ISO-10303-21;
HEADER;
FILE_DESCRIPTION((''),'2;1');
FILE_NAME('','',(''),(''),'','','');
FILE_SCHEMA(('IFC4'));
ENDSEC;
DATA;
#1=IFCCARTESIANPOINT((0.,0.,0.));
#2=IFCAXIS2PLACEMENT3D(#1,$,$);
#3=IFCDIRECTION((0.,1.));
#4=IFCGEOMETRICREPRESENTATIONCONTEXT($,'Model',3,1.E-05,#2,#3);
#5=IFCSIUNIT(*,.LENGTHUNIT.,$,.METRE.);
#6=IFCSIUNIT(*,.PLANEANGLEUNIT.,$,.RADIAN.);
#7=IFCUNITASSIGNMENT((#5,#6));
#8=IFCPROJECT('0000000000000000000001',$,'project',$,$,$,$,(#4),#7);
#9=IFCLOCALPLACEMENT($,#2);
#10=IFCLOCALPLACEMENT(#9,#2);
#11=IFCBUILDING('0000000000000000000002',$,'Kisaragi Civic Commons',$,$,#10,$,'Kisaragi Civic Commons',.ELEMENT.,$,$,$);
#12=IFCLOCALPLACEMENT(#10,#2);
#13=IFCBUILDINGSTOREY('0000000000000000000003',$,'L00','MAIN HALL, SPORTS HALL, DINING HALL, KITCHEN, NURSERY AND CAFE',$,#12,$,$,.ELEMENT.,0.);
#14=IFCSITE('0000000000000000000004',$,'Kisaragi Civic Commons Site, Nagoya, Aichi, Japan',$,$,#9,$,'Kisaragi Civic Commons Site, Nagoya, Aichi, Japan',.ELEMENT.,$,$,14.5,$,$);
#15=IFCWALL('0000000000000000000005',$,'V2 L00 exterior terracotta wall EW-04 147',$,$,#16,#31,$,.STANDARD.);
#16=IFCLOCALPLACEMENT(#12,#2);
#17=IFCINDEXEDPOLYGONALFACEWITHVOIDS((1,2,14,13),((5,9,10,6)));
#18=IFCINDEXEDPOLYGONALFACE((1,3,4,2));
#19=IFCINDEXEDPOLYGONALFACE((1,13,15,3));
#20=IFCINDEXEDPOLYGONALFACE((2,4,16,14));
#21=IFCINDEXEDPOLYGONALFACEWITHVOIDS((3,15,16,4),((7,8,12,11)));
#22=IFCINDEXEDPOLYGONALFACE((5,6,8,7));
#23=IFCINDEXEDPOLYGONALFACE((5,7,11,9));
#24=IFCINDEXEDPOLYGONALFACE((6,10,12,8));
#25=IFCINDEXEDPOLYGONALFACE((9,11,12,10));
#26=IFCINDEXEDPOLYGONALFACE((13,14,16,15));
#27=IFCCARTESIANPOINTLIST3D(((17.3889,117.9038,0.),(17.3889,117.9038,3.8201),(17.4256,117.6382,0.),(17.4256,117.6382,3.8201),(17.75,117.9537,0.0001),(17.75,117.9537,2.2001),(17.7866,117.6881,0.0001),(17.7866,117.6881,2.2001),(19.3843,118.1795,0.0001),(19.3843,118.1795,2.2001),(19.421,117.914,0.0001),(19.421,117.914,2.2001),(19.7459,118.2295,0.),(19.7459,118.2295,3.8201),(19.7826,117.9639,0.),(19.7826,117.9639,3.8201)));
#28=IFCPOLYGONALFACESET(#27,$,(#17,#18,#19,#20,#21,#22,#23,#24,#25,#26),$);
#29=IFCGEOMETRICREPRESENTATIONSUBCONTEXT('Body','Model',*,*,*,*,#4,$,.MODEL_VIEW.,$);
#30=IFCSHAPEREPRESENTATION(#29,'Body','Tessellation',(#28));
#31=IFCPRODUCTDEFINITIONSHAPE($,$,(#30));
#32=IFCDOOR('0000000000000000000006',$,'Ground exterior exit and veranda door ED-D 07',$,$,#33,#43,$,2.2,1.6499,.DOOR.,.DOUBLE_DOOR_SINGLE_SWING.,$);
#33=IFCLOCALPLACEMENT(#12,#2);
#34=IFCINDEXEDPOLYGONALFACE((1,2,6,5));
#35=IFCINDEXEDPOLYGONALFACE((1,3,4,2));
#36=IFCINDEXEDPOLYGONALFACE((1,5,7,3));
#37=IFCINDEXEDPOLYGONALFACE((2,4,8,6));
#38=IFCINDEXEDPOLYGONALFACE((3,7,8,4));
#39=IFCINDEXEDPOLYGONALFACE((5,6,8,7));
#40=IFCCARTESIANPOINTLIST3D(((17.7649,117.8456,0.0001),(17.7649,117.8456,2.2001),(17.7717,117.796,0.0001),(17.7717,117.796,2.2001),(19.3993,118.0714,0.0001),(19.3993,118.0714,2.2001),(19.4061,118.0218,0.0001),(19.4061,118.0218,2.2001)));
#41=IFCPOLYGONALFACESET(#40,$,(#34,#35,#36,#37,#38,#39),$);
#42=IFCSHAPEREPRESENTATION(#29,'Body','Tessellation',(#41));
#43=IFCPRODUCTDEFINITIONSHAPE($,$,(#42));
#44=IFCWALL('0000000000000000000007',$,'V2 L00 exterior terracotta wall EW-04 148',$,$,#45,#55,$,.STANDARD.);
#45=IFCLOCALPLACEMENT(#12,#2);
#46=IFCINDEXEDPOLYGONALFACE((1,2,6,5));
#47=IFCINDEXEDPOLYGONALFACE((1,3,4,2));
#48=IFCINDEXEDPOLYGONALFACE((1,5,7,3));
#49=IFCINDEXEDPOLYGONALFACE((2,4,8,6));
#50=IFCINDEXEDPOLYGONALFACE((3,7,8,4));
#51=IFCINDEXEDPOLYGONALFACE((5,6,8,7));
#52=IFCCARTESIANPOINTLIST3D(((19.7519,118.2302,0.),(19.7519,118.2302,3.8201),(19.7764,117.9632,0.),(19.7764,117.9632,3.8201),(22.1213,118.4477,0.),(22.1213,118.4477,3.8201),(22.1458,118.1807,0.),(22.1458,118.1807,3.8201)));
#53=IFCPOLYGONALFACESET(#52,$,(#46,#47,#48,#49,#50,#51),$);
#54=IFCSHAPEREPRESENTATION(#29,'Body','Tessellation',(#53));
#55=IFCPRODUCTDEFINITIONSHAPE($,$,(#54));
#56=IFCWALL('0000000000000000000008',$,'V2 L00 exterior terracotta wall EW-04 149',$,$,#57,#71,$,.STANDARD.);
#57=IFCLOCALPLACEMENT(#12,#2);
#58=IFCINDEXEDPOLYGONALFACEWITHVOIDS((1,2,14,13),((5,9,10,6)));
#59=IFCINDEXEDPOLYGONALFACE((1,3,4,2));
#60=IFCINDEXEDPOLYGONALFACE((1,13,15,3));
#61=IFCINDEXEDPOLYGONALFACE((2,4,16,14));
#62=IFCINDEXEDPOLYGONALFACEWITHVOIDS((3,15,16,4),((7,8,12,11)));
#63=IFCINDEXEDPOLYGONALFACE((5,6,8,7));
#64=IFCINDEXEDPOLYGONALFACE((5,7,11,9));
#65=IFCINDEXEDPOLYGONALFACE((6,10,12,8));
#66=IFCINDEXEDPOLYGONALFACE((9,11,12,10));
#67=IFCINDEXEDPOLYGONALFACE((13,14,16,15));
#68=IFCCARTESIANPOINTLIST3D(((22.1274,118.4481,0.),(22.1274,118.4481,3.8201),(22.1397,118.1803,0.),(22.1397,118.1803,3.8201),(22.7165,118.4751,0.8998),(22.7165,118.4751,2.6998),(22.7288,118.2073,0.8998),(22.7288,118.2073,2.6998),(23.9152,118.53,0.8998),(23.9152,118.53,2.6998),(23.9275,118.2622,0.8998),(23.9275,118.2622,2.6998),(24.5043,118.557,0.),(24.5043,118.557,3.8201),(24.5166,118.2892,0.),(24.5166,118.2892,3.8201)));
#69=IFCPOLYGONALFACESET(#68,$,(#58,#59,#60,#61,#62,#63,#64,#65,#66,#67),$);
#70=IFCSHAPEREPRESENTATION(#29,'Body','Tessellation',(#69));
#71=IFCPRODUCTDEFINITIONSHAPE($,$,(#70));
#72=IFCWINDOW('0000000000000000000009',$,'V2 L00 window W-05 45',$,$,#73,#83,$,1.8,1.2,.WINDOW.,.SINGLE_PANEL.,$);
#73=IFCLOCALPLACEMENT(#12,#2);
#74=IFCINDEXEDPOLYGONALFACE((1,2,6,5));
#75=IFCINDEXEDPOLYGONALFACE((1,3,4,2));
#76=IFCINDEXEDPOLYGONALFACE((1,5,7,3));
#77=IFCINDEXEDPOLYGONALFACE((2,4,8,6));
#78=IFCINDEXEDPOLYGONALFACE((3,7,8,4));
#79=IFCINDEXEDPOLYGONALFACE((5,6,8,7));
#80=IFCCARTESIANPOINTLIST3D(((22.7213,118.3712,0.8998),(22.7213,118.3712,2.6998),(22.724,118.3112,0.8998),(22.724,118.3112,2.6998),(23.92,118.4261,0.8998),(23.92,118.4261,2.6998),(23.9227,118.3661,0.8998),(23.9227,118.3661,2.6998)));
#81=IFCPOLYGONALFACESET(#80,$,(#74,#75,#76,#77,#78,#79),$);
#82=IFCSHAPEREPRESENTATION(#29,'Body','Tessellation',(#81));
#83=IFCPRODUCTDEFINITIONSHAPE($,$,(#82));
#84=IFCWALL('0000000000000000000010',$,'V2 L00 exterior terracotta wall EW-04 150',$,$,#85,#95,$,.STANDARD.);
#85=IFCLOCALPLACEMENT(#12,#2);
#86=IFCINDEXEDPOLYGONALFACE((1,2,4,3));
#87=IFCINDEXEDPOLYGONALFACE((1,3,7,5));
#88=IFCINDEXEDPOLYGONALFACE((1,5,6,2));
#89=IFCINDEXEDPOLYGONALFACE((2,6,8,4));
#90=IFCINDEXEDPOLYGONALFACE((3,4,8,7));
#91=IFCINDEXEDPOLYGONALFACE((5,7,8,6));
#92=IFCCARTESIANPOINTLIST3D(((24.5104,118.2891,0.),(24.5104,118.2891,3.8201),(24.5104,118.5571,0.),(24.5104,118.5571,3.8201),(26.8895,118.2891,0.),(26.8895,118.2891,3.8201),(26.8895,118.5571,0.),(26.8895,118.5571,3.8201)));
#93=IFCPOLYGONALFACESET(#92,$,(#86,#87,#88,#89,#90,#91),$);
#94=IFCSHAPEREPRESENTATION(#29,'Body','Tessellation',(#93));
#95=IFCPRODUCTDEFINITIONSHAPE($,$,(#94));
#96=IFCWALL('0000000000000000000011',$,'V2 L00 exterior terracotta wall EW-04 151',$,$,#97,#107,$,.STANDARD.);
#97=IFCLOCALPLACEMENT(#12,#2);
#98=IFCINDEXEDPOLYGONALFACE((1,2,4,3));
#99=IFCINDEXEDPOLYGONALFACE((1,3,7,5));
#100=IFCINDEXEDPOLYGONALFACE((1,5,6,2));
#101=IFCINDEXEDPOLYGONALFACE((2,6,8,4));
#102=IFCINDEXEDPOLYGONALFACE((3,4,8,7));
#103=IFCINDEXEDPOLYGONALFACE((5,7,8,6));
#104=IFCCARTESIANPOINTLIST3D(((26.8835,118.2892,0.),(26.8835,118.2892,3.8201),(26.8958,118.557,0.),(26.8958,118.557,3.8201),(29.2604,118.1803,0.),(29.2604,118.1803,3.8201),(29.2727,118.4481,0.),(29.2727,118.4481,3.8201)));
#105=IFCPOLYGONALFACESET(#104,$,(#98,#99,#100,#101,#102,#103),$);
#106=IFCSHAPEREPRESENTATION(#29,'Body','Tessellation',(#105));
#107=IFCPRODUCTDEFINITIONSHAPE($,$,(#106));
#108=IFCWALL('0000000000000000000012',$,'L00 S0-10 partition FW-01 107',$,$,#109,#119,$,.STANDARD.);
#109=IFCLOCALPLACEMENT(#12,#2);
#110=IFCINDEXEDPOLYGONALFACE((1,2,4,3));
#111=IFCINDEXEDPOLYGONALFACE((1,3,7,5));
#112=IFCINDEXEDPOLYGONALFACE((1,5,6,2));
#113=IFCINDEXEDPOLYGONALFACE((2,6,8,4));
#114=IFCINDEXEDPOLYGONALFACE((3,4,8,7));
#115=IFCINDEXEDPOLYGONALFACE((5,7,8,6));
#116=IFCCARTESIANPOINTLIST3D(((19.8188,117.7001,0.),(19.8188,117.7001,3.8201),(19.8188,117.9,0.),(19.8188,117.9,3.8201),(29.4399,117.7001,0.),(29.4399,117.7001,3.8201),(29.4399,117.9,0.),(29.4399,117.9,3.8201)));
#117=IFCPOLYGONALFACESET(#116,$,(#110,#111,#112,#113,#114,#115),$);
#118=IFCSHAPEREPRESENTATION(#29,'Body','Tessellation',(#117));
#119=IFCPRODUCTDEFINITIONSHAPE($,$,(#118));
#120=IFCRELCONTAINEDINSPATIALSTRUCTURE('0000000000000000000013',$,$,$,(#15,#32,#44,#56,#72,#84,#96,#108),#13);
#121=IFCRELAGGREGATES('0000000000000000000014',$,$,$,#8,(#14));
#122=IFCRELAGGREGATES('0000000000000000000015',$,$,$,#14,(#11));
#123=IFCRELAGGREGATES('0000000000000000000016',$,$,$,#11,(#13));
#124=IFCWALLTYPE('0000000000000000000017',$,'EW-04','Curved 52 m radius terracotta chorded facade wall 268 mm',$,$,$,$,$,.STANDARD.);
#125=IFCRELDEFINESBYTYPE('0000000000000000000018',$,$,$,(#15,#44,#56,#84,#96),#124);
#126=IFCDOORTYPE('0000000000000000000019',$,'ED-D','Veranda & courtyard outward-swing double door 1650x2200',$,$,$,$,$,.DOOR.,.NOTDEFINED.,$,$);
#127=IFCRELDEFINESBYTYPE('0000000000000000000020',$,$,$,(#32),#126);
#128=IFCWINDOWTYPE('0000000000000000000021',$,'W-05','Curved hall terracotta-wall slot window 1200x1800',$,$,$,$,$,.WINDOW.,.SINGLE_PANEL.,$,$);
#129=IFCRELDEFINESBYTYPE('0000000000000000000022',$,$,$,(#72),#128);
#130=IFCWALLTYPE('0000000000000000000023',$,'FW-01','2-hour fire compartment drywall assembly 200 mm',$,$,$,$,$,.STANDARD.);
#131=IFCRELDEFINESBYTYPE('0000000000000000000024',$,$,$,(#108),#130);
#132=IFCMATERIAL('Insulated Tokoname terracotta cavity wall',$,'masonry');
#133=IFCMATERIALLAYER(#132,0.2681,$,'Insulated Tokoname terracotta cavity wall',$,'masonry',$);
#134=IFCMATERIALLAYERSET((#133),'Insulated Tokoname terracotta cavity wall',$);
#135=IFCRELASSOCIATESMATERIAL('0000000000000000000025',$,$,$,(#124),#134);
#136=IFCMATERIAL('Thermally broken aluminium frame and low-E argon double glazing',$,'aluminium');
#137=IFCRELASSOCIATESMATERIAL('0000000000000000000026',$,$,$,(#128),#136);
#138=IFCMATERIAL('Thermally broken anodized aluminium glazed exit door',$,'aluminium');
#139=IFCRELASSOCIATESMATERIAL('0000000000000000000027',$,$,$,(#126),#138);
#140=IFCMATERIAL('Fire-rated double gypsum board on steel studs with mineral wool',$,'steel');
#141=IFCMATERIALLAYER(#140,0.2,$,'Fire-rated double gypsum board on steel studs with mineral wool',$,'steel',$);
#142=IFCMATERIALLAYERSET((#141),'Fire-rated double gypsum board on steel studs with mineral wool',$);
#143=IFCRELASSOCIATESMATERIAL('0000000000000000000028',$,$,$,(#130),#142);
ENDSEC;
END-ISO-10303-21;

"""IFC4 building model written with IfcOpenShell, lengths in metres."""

from ifc_helpers import new_model, si_unit, direction, frame, frame_2d, origin, place, context, subcontext, project, spatial, rectangle, extrude, material, layer, layer_set, type_object, element, fill, save


model = new_model("IFC4")

# Units and contexts
model_context = context("Model", 3, precision=1e-05, world=origin(), true_north=direction((0.0, 1.0)))
body_context = subcontext(model_context, "Body", "Model", "MODEL_VIEW")
ifc_project = project(units=[si_unit("LENGTHUNIT", "METRE"), si_unit("PLANEANGLEUNIT", "RADIAN")], contexts=[model_context])

# Site, building, storey
site_placement = place(None, origin())
site = spatial("IfcSite", under=ifc_project, at=site_placement, Name="Kisaragi Civic Commons Site, Nagoya, Aichi, Japan", LongName="Kisaragi Civic Commons Site, Nagoya, Aichi, Japan", CompositionType="ELEMENT", RefElevation=14.5)
building_placement = place(site_placement, origin())
building = spatial("IfcBuilding", under=site, at=building_placement, Name="Kisaragi Civic Commons", LongName="Kisaragi Civic Commons", CompositionType="ELEMENT")
storey_placement = place(building_placement, origin())
storey = spatial("IfcBuildingStorey", under=building, at=storey_placement, Name="L00", Description="MAIN HALL, SPORTS HALL, DINING HALL, KITCHEN, NURSERY AND CAFE", CompositionType="ELEMENT", Elevation=0.0)

# Shared definitions
ifc_material_1 = material(Name="Insulated Tokoname terracotta cavity wall", Category="masonry")
ifc_layer_1 = layer(ifc_material_1, 0.2681, Name="Insulated Tokoname terracotta cavity wall", Category="masonry")
ifc_layer_set_1 = layer_set([ifc_layer_1], Name="Insulated Tokoname terracotta cavity wall")
wall_type_1 = type_object("IfcWallType", Name="EW-04", Description="Curved 52 m radius terracotta chorded facade wall 268 mm", PredefinedType="STANDARD", material=ifc_layer_set_1)

# Shared definitions
ifc_material_2 = material(Name="Thermally broken aluminium frame and low-E argon double glazing", Category="aluminium")
window_type = type_object("IfcWindowType", Name="W-05", Description="Curved hall terracotta-wall slot window 1200x1800", PartitioningType="SINGLE_PANEL", PredefinedType="WINDOW", material=ifc_material_2)

# Wall, opening, door
wall_1_placement = place(storey_placement, frame((17.4072, 117.771, 0.0), z_axis=(0.0, 0.0, 1.0), x_axis=(0.990588, 0.13688, 0.0)))
wall_1 = element("IfcWall", 1, at=wall_1_placement, inside=storey, type_object=wall_type_1, Name="V2 L00 exterior terracotta wall EW-04 147", PredefinedType="STANDARD", context=body_context, shape_type="SweptSolid", body=[
    extrude(rectangle(XDim=2.3794, YDim=0.2681, at=frame_2d((1.1897, 0.0))), origin(), (0.0, 0.0, 1.0), 3.8201),
])
opening_1_placement = place(wall_1_placement, frame((0.3645, 0.0, 0.0)))
opening_1 = element("IfcOpeningElement", 2, at=opening_1_placement, cuts=wall_1, PredefinedType="OPENING", context=body_context, shape_type="SweptSolid", body=[
    extrude(rectangle(XDim=1.6499, YDim=2.2, at=frame_2d((0.825, 1.1001))), frame((0.0, 0.144, 0.0), z_axis=(0.0, -1.0, 0.0), x_axis=(1.0, 0.0, 0.0)), (0.0, 0.0, 1.0), 0.2881),
])
ifc_material_3 = material(Name="Thermally broken anodized aluminium glazed exit door", Category="aluminium")
door_type = type_object("IfcDoorType", Name="ED-D", Description="Veranda & courtyard outward-swing double door 1650x2200", OperationType="NOTDEFINED", PredefinedType="DOOR", material=ifc_material_3)
door_placement = place(opening_1_placement, origin())
door = element("IfcDoor", 3, at=door_placement, inside=storey, type_object=door_type, Name="Ground exterior exit and veranda door ED-D 07", OperationType="DOUBLE_DOOR_SINGLE_SWING", OverallHeight=2.2, OverallWidth=1.6499, PredefinedType="DOOR", context=body_context, shape_type="SweptSolid", body=[
    extrude(rectangle(XDim=1.6499, YDim=2.2, at=frame_2d((0.825, 1.1001))), frame((0.0, 0.0249, 0.0), z_axis=(0.0, -1.0, 0.0), x_axis=(1.0, 0.0, 0.0)), (0.0, 0.0, 1.0), 0.05),
])
fill(opening_1, door)

# Wall
wall_2_placement = place(storey_placement, frame((19.7642, 118.0967, 0.0), z_axis=(0.0, 0.0, 1.0), x_axis=(0.995812, 0.091424, 0.0)))
element("IfcWall", 4, at=wall_2_placement, inside=storey, type_object=wall_type_1, Name="V2 L00 exterior terracotta wall EW-04 148", PredefinedType="STANDARD", context=body_context, shape_type="SweptSolid", body=[
    extrude(rectangle(XDim=2.3794, YDim=0.2681, at=frame_2d((1.1897, 0.0))), origin(), (0.0, 0.0, 1.0), 3.8201),
])

# Wall, opening, window
wall_3_placement = place(storey_placement, frame((22.1335, 118.3142, 0.0), z_axis=(0.0, 0.0, 1.0), x_axis=(0.998952, 0.045761, 0.0)))
wall_3 = element("IfcWall", 5, at=wall_3_placement, inside=storey, type_object=wall_type_1, Name="V2 L00 exterior terracotta wall EW-04 149", PredefinedType="STANDARD", context=body_context, shape_type="SweptSolid", body=[
    extrude(rectangle(XDim=2.3794, YDim=0.2681, at=frame_2d((1.1897, 0.0))), origin(), (0.0, 0.0, 1.0), 3.8201),
])
opening_2_placement = place(wall_3_placement, frame((0.5896, 0.0, 0.8999)))
opening_2 = element("IfcOpeningElement", 6, at=opening_2_placement, cuts=wall_3, PredefinedType="OPENING", context=body_context, shape_type="SweptSolid", body=[
    extrude(rectangle(XDim=1.2, YDim=1.8, at=frame_2d((0.6001, 0.8999))), frame((0.0, 0.144, 0.0), z_axis=(0.0, -1.0, 0.0), x_axis=(1.0, 0.0, 0.0)), (0.0, 0.0, 1.0), 0.2881),
])
window_1_placement = place(opening_2_placement, origin())
window_1 = element("IfcWindow", 7, at=window_1_placement, inside=storey, type_object=window_type, Name="V2 L00 window W-05 45", OverallHeight=1.8, OverallWidth=1.2, PartitioningType="SINGLE_PANEL", PredefinedType="WINDOW", context=body_context, shape_type="SweptSolid", body=[
    extrude(rectangle(XDim=1.2, YDim=1.8, at=frame_2d((0.6001, 0.8999))), frame((0.0, 0.03, 0.0), z_axis=(0.0, -1.0, 0.0), x_axis=(1.0, 0.0, 0.0)), (0.0, 0.0, 1.0), 0.0601),
])
fill(opening_2, window_1)

# Walls
wall_4_placement = place(storey_placement, frame((24.5105, 118.4231, 0.0), z_axis=(0.0, 0.0, 1.0), x_axis=(1.0, 0.0, 0.0)))
element("IfcWall", 8, at=wall_4_placement, inside=storey, type_object=wall_type_1, Name="V2 L00 exterior terracotta wall EW-04 150", PredefinedType="STANDARD", context=body_context, shape_type="SweptSolid", body=[
    extrude(rectangle(XDim=2.3792, YDim=0.2681, at=frame_2d((1.1895, 0.0))), origin(), (0.0, 0.0, 1.0), 3.8201),
])
wall_5_placement = place(storey_placement, frame((26.8896, 118.4231, 0.0), z_axis=(0.0, 0.0, 1.0), x_axis=(0.998952, -0.045761, 0.0)))
element("IfcWall", 9, at=wall_5_placement, inside=storey, type_object=wall_type_1, Name="V2 L00 exterior terracotta wall EW-04 151", PredefinedType="STANDARD", context=body_context, shape_type="SweptSolid", body=[
    extrude(rectangle(XDim=2.3794, YDim=0.2681, at=frame_2d((1.1897, 0.0))), origin(), (0.0, 0.0, 1.0), 3.8201),
])
ifc_material_4 = material(Name="Fire-rated double gypsum board on steel studs with mineral wool", Category="steel")
ifc_layer_2 = layer(ifc_material_4, 0.2, Name="Fire-rated double gypsum board on steel studs with mineral wool", Category="steel")
ifc_layer_set_2 = layer_set([ifc_layer_2], Name="Fire-rated double gypsum board on steel studs with mineral wool")
wall_type_2 = type_object("IfcWallType", Name="FW-01", Description="2-hour fire compartment drywall assembly 200 mm", PredefinedType="STANDARD", material=ifc_layer_set_2)
wall_6_placement = place(storey_placement, frame((19.8188, 117.8, 0.0), z_axis=(0.0, 0.0, 1.0), x_axis=(1.0, 0.0, 0.0)))
element("IfcWall", 10, at=wall_6_placement, inside=storey, type_object=wall_type_2, Name="L00 S0-10 partition FW-01 107", PredefinedType="STANDARD", context=body_context, shape_type="SweptSolid", body=[
    extrude(rectangle(XDim=9.6211, YDim=0.2, at=frame_2d((4.8105, 0.0))), origin(), (0.0, 0.0, 1.0), 3.8201),
])

save(model, "model.ifc")
